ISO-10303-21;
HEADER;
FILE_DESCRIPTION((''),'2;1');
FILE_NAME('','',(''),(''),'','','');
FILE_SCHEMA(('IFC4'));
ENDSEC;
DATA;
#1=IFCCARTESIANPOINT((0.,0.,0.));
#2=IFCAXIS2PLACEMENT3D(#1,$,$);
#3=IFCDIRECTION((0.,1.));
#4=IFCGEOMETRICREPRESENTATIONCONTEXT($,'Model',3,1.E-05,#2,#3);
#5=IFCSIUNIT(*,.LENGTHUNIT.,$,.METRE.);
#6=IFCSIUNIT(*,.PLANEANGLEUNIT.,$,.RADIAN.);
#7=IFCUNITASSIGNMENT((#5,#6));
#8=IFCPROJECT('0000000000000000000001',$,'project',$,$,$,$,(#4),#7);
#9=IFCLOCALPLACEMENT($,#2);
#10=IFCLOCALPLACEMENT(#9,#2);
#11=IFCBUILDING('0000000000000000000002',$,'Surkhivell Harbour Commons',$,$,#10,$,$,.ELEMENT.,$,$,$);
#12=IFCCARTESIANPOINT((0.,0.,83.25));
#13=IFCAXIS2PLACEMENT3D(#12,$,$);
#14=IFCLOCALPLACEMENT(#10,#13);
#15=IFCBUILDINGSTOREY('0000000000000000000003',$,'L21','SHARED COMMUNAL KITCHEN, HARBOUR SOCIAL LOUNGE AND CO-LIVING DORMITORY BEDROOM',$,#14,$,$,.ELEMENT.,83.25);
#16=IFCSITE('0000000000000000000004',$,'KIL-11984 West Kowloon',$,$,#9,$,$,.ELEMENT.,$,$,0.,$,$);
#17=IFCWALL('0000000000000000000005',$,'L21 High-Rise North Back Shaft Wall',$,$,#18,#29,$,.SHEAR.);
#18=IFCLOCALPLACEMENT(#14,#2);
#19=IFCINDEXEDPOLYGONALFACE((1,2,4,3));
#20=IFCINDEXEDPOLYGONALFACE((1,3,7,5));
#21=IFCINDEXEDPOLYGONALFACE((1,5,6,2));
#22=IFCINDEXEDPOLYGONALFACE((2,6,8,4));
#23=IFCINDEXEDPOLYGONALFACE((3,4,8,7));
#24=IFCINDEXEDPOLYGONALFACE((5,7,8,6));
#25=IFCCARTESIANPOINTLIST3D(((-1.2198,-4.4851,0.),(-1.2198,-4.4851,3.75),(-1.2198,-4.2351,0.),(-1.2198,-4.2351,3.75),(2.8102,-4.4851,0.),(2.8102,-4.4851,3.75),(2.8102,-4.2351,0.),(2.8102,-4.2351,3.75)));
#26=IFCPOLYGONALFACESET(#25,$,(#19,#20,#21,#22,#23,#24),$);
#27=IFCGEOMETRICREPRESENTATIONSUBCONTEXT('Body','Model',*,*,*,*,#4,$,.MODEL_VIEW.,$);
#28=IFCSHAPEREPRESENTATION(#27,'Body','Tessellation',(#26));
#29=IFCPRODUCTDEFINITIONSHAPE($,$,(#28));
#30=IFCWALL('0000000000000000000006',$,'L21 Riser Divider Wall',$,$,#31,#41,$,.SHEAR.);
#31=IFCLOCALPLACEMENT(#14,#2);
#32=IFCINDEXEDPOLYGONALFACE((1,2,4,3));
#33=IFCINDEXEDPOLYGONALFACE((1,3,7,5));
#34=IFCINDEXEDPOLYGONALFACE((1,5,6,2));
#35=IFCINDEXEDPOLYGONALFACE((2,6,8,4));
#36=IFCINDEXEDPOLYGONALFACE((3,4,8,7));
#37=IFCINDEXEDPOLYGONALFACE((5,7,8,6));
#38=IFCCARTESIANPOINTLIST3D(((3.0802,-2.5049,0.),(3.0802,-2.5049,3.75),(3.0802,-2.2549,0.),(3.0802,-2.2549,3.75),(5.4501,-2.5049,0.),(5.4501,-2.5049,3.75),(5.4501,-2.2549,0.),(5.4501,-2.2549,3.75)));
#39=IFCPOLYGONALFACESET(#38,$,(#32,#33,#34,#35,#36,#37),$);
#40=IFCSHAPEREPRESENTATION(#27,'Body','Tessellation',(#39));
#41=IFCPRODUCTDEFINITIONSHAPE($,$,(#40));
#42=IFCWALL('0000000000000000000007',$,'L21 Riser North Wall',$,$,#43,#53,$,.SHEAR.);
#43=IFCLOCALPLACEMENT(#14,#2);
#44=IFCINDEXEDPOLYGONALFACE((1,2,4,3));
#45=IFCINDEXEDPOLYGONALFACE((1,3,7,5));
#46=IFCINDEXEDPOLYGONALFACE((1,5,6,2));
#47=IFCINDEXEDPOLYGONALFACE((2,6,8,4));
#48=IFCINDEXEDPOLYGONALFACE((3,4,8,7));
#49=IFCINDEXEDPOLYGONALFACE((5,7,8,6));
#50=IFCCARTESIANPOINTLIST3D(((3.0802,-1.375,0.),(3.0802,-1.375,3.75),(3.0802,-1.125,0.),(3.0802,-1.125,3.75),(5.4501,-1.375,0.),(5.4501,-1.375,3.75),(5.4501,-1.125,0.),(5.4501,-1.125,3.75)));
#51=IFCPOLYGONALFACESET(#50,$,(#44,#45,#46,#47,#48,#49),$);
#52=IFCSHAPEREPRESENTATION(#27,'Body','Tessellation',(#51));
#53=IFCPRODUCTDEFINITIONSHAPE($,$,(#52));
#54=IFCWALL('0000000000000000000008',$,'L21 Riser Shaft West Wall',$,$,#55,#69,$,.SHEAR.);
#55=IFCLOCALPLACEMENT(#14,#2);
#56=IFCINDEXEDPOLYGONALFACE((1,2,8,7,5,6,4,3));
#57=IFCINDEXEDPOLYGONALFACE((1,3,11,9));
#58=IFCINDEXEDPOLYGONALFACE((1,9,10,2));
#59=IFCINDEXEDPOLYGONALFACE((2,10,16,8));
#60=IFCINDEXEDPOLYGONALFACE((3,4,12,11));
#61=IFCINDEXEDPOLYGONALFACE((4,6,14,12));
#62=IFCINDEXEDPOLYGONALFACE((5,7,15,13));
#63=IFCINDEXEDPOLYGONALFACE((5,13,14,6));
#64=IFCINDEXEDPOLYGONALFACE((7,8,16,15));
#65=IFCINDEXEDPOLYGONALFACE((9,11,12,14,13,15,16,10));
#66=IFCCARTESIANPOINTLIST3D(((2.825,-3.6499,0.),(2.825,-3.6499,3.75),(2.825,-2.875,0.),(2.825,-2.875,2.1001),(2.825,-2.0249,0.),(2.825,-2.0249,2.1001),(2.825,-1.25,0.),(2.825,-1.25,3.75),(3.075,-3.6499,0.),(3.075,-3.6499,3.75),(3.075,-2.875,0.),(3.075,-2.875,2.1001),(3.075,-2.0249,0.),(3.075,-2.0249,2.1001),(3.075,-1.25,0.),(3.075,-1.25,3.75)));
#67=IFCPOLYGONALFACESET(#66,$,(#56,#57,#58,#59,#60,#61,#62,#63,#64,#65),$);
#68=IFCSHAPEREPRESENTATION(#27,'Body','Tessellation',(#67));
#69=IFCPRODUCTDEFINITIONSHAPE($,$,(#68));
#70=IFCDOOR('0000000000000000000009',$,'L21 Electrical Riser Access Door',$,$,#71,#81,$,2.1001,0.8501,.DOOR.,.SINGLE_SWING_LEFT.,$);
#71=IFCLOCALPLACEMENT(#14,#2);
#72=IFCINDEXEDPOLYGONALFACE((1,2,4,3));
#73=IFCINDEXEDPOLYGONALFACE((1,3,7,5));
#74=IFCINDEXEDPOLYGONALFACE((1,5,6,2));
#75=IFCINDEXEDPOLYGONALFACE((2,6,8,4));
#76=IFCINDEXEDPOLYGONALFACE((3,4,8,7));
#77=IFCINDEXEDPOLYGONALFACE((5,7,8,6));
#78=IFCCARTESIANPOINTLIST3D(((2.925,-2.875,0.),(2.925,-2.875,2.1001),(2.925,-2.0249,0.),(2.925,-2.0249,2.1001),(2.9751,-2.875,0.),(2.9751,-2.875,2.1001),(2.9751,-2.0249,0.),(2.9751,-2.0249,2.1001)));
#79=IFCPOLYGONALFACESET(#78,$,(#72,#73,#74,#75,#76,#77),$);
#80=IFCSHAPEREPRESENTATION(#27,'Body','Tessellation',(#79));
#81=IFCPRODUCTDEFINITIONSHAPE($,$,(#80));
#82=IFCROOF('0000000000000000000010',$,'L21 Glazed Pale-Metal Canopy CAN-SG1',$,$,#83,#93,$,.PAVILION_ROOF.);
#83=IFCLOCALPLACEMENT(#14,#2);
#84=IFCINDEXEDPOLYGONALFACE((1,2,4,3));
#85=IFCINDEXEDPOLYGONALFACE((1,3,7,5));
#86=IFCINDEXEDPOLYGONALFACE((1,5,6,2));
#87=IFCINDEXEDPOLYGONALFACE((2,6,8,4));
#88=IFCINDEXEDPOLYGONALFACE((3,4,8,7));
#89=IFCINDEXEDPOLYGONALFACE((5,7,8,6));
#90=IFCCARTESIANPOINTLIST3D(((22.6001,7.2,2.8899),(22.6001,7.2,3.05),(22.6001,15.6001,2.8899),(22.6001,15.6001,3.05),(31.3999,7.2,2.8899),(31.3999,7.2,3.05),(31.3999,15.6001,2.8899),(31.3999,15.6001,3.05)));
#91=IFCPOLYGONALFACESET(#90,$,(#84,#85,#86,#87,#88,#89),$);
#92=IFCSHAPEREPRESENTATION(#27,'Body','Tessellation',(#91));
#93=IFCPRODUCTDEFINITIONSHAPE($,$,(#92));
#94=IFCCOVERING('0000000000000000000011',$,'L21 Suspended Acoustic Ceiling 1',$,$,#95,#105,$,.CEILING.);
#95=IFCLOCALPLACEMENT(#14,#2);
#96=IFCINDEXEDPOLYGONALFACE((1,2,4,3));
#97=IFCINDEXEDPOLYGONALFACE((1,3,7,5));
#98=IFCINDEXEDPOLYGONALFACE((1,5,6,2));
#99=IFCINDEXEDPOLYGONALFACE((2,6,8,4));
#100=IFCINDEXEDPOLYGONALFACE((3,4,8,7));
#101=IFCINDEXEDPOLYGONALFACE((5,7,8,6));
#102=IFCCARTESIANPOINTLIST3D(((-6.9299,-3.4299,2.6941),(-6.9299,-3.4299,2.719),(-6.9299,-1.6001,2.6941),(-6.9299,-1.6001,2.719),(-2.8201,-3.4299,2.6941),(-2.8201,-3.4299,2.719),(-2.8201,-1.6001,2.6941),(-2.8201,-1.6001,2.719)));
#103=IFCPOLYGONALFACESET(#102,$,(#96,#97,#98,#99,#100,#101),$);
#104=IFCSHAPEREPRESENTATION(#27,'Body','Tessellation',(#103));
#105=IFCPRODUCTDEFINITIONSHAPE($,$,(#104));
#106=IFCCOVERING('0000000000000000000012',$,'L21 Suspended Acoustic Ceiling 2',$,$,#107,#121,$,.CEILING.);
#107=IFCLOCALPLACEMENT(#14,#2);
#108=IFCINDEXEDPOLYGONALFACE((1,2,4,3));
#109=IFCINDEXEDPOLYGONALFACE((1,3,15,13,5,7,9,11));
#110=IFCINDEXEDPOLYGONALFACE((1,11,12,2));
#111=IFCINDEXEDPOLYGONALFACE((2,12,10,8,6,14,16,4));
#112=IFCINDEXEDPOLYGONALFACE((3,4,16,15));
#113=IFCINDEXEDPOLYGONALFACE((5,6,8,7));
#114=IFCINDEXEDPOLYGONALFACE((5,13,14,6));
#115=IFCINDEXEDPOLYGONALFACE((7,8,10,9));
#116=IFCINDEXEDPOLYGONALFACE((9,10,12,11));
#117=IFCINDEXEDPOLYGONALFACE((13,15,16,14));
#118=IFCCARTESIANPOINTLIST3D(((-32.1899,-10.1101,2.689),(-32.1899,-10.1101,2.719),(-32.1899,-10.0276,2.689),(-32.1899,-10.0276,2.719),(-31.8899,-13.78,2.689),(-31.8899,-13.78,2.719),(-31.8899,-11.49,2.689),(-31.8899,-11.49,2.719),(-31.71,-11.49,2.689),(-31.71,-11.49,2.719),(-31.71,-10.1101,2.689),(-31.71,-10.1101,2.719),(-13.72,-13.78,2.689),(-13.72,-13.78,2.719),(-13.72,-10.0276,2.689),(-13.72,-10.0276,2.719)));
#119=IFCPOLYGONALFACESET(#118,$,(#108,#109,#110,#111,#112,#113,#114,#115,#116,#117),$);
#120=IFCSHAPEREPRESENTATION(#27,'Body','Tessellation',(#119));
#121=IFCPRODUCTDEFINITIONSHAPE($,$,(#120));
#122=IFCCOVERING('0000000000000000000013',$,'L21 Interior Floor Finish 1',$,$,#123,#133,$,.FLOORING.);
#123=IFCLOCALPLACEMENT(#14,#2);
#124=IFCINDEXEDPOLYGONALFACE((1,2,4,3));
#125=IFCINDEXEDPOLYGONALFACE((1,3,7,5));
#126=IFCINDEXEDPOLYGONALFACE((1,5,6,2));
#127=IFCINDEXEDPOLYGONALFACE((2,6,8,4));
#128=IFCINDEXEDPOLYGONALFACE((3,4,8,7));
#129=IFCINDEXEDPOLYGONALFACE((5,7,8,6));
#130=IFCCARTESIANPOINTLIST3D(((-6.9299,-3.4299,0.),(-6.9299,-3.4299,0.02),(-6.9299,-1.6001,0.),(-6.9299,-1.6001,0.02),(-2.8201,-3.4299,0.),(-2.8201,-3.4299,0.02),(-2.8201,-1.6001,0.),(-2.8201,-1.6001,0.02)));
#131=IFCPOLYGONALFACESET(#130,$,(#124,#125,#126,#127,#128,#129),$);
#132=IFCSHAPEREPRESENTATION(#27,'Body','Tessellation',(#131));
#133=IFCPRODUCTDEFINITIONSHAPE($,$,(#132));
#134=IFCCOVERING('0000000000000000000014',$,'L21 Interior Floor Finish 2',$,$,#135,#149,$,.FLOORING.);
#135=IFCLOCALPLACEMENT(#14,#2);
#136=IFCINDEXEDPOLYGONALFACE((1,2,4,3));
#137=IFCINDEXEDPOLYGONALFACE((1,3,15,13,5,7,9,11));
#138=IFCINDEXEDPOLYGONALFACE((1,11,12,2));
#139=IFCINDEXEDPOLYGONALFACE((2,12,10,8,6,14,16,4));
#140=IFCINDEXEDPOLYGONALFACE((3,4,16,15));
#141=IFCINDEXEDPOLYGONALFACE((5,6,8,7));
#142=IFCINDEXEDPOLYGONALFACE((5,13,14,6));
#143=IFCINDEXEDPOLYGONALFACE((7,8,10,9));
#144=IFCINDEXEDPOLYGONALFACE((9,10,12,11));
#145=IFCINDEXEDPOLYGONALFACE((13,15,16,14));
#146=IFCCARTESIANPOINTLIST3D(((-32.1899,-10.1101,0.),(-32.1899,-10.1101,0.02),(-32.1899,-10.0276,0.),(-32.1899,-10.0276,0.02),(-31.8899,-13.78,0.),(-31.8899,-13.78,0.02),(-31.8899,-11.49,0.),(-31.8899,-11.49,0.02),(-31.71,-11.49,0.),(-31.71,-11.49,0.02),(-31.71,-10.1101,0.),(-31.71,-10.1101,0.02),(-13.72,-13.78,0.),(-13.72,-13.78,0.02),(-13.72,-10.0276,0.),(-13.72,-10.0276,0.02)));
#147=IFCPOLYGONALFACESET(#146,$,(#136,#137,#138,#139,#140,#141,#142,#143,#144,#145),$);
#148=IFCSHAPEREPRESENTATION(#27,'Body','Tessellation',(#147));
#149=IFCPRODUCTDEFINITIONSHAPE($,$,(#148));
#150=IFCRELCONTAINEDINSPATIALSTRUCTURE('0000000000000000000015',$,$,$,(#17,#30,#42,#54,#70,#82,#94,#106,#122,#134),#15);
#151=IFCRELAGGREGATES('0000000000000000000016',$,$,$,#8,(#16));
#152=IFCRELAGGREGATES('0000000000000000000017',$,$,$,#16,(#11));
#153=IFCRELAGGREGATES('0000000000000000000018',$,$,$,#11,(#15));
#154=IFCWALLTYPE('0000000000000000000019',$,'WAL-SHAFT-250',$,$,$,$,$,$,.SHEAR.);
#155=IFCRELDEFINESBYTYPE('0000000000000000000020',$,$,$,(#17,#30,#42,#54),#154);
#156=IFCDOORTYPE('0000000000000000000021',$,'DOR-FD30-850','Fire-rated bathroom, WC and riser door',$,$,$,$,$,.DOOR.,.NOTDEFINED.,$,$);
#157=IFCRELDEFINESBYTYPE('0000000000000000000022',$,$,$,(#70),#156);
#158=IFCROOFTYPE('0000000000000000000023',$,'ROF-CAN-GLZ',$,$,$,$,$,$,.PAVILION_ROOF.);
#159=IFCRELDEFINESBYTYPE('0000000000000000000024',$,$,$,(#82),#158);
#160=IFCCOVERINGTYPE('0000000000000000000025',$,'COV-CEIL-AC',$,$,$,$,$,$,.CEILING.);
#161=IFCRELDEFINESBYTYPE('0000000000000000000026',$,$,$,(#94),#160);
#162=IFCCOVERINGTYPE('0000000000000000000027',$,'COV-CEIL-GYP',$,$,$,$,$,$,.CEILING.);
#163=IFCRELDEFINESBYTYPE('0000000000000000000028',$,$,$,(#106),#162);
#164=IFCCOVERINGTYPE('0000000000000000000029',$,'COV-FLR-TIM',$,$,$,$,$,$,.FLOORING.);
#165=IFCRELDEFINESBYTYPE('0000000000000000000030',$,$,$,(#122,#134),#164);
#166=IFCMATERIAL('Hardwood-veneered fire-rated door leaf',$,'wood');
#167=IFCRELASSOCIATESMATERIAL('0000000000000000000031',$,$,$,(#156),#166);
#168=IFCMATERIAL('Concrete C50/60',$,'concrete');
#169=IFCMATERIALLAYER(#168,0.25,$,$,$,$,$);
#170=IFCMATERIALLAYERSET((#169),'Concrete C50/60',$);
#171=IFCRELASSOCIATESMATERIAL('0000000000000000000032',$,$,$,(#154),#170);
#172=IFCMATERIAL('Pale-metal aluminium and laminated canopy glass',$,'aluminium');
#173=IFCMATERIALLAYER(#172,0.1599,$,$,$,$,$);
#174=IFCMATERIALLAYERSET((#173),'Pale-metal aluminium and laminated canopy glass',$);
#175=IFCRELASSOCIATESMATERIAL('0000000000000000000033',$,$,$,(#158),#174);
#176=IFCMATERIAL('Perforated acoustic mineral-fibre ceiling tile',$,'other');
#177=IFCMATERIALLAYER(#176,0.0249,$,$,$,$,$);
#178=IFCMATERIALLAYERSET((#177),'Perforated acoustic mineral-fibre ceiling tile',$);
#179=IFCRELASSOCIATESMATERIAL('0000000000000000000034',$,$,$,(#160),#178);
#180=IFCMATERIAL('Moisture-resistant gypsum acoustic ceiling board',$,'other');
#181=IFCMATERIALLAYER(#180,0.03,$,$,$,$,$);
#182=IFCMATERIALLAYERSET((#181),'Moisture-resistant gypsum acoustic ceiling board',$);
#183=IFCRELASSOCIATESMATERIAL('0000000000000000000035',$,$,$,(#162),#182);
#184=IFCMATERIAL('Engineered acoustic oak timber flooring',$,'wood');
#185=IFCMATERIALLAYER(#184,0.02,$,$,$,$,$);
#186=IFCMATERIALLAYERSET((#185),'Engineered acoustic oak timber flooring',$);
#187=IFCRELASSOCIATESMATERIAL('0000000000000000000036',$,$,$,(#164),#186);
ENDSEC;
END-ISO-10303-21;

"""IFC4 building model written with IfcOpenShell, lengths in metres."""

from ifc_helpers import new_model, si_unit, direction, frame, frame_2d, origin, place, context, subcontext, project, spatial, polyline, rectangle, outline, extrude, material, layer, layer_set, type_object, element, fill, save


model = new_model("IFC4")

# Units and contexts
model_context = context("Model", 3, precision=1e-05, world=origin(), true_north=direction((0.0, 1.0)))
body_context = subcontext(model_context, "Body", "Model", "MODEL_VIEW")
ifc_project = project(units=[si_unit("LENGTHUNIT", "METRE"), si_unit("PLANEANGLEUNIT", "RADIAN")], contexts=[model_context])

# Site, building, storey
site_placement = place(None, origin())
site = spatial("IfcSite", under=ifc_project, at=site_placement, Name="KIL-11984 West Kowloon", CompositionType="ELEMENT", RefElevation=0.0)
building_placement = place(site_placement, origin())
building = spatial("IfcBuilding", under=site, at=building_placement, Name="Surkhivell Harbour Commons", CompositionType="ELEMENT")
storey_placement = place(building_placement, frame((0.0, 0.0, 83.25)))
storey = spatial("IfcBuildingStorey", under=building, at=storey_placement, Name="L21", Description="SHARED COMMUNAL KITCHEN, HARBOUR SOCIAL LOUNGE AND CO-LIVING DORMITORY BEDROOM", CompositionType="ELEMENT", Elevation=83.25)

# Shared definitions
ifc_material_1 = material(Name="Concrete C50/60", Category="concrete")

# Shared definitions
ifc_material_2 = material(Name="Hardwood-veneered fire-rated door leaf", Category="wood")
door_type = type_object("IfcDoorType", Name="DOR-FD30-850", Description="Fire-rated bathroom, WC and riser door", OperationType="NOTDEFINED", PredefinedType="DOOR", material=ifc_material_2)

# Walls
ifc_layer_1 = layer(ifc_material_1, 0.25)
ifc_layer_set_1 = layer_set([ifc_layer_1], Name="Concrete C50/60")
wall_type_1 = type_object("IfcWallType", Name="WAL-SHAFT-250", PredefinedType="SHEAR", material=ifc_layer_set_1)
wall_1_placement = place(storey_placement, frame((-1.22, -4.3601, 0.0), z_axis=(0.0, 0.0, 1.0), x_axis=(1.0, 0.0, 0.0)))
element("IfcWall", 1, at=wall_1_placement, inside=storey, type_object=wall_type_1, Name="L21 High-Rise North Back Shaft Wall", PredefinedType="SHEAR", context=body_context, shape_type="SweptSolid", body=[
    extrude(rectangle(XDim=4.03, YDim=0.25, at=frame_2d((2.0151, 0.0))), origin(), (0.0, 0.0, 1.0), 3.75),
])
for number, where, z_axis, x_axis, name in (
    (2, (3.0801, -2.3799, 0.0), (0.0, 0.0, 1.0), (1.0, 0.0, 0.0), "L21 Riser Divider Wall"),
    (3, (3.0801, -1.25, 0.0), (0.0, 0.0, 1.0), (1.0, 0.0, 0.0), "L21 Riser North Wall"),
):
    element("IfcWall", number, at=place(storey_placement, frame(where, z_axis=z_axis, x_axis=x_axis)), inside=storey, type_object=wall_type_1, Name=name, PredefinedType="SHEAR", context=body_context, shape_type="SweptSolid", body=[
        extrude(rectangle(XDim=2.3699, YDim=0.25, at=frame_2d((1.1851, 0.0))), origin(), (0.0, 0.0, 1.0), 3.75),
    ])

# Wall, opening, door
wall_2_placement = place(storey_placement, frame((2.95, -3.6499, 0.0), z_axis=(0.0, 0.0, 1.0), x_axis=(0.0, 1.0, 0.0)))
wall_2 = element("IfcWall", 4, at=wall_2_placement, inside=storey, type_object=wall_type_1, Name="L21 Riser Shaft West Wall", PredefinedType="SHEAR", context=body_context, shape_type="SweptSolid", body=[
    extrude(rectangle(XDim=2.3999, YDim=0.25, at=frame_2d((1.2, 0.0))), origin(), (0.0, 0.0, 1.0), 3.75),
])
opening_1_placement = place(wall_2_placement, frame((0.7749, 0.0, 0.0)))
opening_1 = element("IfcOpeningElement", 5, at=opening_1_placement, cuts=wall_2, PredefinedType="OPENING", context=body_context, shape_type="SweptSolid", body=[
    extrude(rectangle(XDim=0.8501, YDim=2.1001, at=frame_2d((0.425, 1.05))), frame((0.0, 0.135, 0.0), z_axis=(0.0, -1.0, 0.0), x_axis=(1.0, 0.0, 0.0)), (0.0, 0.0, 1.0), 0.27),
])
door_1_placement = place(opening_1_placement, origin())
door_1 = element("IfcDoor", 6, at=door_1_placement, inside=storey, type_object=door_type, Name="L21 Electrical Riser Access Door", OperationType="SINGLE_SWING_LEFT", OverallHeight=2.1001, OverallWidth=0.8501, PredefinedType="DOOR", context=body_context, shape_type="SweptSolid", body=[
    extrude(rectangle(XDim=0.8501, YDim=2.1001, at=frame_2d((0.425, 1.05))), frame((0.0, 0.0249, 0.0), z_axis=(0.0, -1.0, 0.0), x_axis=(1.0, 0.0, 0.0)), (0.0, 0.0, 1.0), 0.05),
])
fill(opening_1, door_1)

# Roof
ifc_material_3 = material(Name="Pale-metal aluminium and laminated canopy glass", Category="aluminium")
ifc_layer_2 = layer(ifc_material_3, 0.1599)
ifc_layer_set_2 = layer_set([ifc_layer_2], Name="Pale-metal aluminium and laminated canopy glass")
roof_type = type_object("IfcRoofType", Name="ROF-CAN-GLZ", PredefinedType="PAVILION_ROOF", material=ifc_layer_set_2)
roof_placement = place(storey_placement, frame((0.0, 0.0, 2.8899)))
element("IfcRoof", 7, at=roof_placement, inside=storey, type_object=roof_type, Name="L21 Glazed Pale-Metal Canopy CAN-SG1", PredefinedType="PAVILION_ROOF", context=body_context, shape_type="SweptSolid", body=[
    extrude(outline(polyline([(22.6001, 7.2), (31.3999, 7.2), (31.3999, 15.6001), (22.6001, 15.6001), (22.6001, 7.2)])), origin(), (0.0, 0.0, 1.0), 0.1602),
])

# Coverings
ifc_material_4 = material(Name="Perforated acoustic mineral-fibre ceiling tile", Category="other")
ifc_layer_3 = layer(ifc_material_4, 0.0249)
ifc_layer_set_3 = layer_set([ifc_layer_3], Name="Perforated acoustic mineral-fibre ceiling tile")
covering_type_1 = type_object("IfcCoveringType", Name="COV-CEIL-AC", PredefinedType="CEILING", material=ifc_layer_set_3)
covering_1_placement = place(storey_placement, frame((0.0, 0.0, 2.6941)))
element("IfcCovering", 8, at=covering_1_placement, inside=storey, type_object=covering_type_1, Name="L21 Suspended Acoustic Ceiling 1", PredefinedType="CEILING", context=body_context, shape_type="SweptSolid", body=[
    extrude(outline(polyline([(-6.9299, -3.4299), (-2.8201, -3.4299), (-2.8201, -1.6001), (-6.9299, -1.6001), (-6.9299, -3.4299)])), origin(), (0.0, 0.0, 1.0), 0.0249),
])
ifc_material_5 = material(Name="Moisture-resistant gypsum acoustic ceiling board", Category="other")
ifc_layer_4 = layer(ifc_material_5, 0.03)
ifc_layer_set_4 = layer_set([ifc_layer_4], Name="Moisture-resistant gypsum acoustic ceiling board")
covering_type_2 = type_object("IfcCoveringType", Name="COV-CEIL-GYP", PredefinedType="CEILING", material=ifc_layer_set_4)
covering_2_placement = place(storey_placement, frame((0.0, 0.0, 2.689)))
element("IfcCovering", 9, at=covering_2_placement, inside=storey, type_object=covering_type_2, Name="L21 Suspended Acoustic Ceiling 2", PredefinedType="CEILING", context=body_context, shape_type="SweptSolid", body=[
    extrude(outline(polyline([(-13.72, -13.78), (-13.72, -10.0276), (-32.1899, -10.0276), (-32.1899, -10.1101), (-31.71, -10.1101), (-31.71, -11.49), (-31.8899, -11.49), (-31.8899, -13.78), (-13.72, -13.78)])), origin(), (0.0, 0.0, 1.0), 0.03),
])
ifc_material_6 = material(Name="Engineered acoustic oak timber flooring", Category="wood")
ifc_layer_5 = layer(ifc_material_6, 0.02)
ifc_layer_set_5 = layer_set([ifc_layer_5], Name="Engineered acoustic oak timber flooring")
covering_type_3 = type_object("IfcCoveringType", Name="COV-FLR-TIM", PredefinedType="FLOORING", material=ifc_layer_set_5)
covering_3_placement = place(storey_placement, origin())
element("IfcCovering", 10, at=covering_3_placement, inside=storey, type_object=covering_type_3, Name="L21 Interior Floor Finish 1", PredefinedType="FLOORING", context=body_context, shape_type="SweptSolid", body=[
    extrude(outline(polyline([(-6.9299, -3.4299), (-2.8201, -3.4299), (-2.8201, -1.6001), (-6.9299, -1.6001), (-6.9299, -3.4299)])), origin(), (0.0, 0.0, 1.0), 0.02),
])
covering_4_placement = place(storey_placement, origin())
element("IfcCovering", 11, at=covering_4_placement, inside=storey, type_object=covering_type_3, Name="L21 Interior Floor Finish 2", PredefinedType="FLOORING", context=body_context, shape_type="SweptSolid", body=[
    extrude(outline(polyline([(-13.72, -13.78), (-13.72, -10.0276), (-32.1899, -10.0276), (-32.1899, -10.1101), (-31.71, -10.1101), (-31.71, -11.49), (-31.8899, -11.49), (-31.8899, -13.78), (-13.72, -13.78)])), origin(), (0.0, 0.0, 1.0), 0.02),
])

save(model, "model.ifc")
